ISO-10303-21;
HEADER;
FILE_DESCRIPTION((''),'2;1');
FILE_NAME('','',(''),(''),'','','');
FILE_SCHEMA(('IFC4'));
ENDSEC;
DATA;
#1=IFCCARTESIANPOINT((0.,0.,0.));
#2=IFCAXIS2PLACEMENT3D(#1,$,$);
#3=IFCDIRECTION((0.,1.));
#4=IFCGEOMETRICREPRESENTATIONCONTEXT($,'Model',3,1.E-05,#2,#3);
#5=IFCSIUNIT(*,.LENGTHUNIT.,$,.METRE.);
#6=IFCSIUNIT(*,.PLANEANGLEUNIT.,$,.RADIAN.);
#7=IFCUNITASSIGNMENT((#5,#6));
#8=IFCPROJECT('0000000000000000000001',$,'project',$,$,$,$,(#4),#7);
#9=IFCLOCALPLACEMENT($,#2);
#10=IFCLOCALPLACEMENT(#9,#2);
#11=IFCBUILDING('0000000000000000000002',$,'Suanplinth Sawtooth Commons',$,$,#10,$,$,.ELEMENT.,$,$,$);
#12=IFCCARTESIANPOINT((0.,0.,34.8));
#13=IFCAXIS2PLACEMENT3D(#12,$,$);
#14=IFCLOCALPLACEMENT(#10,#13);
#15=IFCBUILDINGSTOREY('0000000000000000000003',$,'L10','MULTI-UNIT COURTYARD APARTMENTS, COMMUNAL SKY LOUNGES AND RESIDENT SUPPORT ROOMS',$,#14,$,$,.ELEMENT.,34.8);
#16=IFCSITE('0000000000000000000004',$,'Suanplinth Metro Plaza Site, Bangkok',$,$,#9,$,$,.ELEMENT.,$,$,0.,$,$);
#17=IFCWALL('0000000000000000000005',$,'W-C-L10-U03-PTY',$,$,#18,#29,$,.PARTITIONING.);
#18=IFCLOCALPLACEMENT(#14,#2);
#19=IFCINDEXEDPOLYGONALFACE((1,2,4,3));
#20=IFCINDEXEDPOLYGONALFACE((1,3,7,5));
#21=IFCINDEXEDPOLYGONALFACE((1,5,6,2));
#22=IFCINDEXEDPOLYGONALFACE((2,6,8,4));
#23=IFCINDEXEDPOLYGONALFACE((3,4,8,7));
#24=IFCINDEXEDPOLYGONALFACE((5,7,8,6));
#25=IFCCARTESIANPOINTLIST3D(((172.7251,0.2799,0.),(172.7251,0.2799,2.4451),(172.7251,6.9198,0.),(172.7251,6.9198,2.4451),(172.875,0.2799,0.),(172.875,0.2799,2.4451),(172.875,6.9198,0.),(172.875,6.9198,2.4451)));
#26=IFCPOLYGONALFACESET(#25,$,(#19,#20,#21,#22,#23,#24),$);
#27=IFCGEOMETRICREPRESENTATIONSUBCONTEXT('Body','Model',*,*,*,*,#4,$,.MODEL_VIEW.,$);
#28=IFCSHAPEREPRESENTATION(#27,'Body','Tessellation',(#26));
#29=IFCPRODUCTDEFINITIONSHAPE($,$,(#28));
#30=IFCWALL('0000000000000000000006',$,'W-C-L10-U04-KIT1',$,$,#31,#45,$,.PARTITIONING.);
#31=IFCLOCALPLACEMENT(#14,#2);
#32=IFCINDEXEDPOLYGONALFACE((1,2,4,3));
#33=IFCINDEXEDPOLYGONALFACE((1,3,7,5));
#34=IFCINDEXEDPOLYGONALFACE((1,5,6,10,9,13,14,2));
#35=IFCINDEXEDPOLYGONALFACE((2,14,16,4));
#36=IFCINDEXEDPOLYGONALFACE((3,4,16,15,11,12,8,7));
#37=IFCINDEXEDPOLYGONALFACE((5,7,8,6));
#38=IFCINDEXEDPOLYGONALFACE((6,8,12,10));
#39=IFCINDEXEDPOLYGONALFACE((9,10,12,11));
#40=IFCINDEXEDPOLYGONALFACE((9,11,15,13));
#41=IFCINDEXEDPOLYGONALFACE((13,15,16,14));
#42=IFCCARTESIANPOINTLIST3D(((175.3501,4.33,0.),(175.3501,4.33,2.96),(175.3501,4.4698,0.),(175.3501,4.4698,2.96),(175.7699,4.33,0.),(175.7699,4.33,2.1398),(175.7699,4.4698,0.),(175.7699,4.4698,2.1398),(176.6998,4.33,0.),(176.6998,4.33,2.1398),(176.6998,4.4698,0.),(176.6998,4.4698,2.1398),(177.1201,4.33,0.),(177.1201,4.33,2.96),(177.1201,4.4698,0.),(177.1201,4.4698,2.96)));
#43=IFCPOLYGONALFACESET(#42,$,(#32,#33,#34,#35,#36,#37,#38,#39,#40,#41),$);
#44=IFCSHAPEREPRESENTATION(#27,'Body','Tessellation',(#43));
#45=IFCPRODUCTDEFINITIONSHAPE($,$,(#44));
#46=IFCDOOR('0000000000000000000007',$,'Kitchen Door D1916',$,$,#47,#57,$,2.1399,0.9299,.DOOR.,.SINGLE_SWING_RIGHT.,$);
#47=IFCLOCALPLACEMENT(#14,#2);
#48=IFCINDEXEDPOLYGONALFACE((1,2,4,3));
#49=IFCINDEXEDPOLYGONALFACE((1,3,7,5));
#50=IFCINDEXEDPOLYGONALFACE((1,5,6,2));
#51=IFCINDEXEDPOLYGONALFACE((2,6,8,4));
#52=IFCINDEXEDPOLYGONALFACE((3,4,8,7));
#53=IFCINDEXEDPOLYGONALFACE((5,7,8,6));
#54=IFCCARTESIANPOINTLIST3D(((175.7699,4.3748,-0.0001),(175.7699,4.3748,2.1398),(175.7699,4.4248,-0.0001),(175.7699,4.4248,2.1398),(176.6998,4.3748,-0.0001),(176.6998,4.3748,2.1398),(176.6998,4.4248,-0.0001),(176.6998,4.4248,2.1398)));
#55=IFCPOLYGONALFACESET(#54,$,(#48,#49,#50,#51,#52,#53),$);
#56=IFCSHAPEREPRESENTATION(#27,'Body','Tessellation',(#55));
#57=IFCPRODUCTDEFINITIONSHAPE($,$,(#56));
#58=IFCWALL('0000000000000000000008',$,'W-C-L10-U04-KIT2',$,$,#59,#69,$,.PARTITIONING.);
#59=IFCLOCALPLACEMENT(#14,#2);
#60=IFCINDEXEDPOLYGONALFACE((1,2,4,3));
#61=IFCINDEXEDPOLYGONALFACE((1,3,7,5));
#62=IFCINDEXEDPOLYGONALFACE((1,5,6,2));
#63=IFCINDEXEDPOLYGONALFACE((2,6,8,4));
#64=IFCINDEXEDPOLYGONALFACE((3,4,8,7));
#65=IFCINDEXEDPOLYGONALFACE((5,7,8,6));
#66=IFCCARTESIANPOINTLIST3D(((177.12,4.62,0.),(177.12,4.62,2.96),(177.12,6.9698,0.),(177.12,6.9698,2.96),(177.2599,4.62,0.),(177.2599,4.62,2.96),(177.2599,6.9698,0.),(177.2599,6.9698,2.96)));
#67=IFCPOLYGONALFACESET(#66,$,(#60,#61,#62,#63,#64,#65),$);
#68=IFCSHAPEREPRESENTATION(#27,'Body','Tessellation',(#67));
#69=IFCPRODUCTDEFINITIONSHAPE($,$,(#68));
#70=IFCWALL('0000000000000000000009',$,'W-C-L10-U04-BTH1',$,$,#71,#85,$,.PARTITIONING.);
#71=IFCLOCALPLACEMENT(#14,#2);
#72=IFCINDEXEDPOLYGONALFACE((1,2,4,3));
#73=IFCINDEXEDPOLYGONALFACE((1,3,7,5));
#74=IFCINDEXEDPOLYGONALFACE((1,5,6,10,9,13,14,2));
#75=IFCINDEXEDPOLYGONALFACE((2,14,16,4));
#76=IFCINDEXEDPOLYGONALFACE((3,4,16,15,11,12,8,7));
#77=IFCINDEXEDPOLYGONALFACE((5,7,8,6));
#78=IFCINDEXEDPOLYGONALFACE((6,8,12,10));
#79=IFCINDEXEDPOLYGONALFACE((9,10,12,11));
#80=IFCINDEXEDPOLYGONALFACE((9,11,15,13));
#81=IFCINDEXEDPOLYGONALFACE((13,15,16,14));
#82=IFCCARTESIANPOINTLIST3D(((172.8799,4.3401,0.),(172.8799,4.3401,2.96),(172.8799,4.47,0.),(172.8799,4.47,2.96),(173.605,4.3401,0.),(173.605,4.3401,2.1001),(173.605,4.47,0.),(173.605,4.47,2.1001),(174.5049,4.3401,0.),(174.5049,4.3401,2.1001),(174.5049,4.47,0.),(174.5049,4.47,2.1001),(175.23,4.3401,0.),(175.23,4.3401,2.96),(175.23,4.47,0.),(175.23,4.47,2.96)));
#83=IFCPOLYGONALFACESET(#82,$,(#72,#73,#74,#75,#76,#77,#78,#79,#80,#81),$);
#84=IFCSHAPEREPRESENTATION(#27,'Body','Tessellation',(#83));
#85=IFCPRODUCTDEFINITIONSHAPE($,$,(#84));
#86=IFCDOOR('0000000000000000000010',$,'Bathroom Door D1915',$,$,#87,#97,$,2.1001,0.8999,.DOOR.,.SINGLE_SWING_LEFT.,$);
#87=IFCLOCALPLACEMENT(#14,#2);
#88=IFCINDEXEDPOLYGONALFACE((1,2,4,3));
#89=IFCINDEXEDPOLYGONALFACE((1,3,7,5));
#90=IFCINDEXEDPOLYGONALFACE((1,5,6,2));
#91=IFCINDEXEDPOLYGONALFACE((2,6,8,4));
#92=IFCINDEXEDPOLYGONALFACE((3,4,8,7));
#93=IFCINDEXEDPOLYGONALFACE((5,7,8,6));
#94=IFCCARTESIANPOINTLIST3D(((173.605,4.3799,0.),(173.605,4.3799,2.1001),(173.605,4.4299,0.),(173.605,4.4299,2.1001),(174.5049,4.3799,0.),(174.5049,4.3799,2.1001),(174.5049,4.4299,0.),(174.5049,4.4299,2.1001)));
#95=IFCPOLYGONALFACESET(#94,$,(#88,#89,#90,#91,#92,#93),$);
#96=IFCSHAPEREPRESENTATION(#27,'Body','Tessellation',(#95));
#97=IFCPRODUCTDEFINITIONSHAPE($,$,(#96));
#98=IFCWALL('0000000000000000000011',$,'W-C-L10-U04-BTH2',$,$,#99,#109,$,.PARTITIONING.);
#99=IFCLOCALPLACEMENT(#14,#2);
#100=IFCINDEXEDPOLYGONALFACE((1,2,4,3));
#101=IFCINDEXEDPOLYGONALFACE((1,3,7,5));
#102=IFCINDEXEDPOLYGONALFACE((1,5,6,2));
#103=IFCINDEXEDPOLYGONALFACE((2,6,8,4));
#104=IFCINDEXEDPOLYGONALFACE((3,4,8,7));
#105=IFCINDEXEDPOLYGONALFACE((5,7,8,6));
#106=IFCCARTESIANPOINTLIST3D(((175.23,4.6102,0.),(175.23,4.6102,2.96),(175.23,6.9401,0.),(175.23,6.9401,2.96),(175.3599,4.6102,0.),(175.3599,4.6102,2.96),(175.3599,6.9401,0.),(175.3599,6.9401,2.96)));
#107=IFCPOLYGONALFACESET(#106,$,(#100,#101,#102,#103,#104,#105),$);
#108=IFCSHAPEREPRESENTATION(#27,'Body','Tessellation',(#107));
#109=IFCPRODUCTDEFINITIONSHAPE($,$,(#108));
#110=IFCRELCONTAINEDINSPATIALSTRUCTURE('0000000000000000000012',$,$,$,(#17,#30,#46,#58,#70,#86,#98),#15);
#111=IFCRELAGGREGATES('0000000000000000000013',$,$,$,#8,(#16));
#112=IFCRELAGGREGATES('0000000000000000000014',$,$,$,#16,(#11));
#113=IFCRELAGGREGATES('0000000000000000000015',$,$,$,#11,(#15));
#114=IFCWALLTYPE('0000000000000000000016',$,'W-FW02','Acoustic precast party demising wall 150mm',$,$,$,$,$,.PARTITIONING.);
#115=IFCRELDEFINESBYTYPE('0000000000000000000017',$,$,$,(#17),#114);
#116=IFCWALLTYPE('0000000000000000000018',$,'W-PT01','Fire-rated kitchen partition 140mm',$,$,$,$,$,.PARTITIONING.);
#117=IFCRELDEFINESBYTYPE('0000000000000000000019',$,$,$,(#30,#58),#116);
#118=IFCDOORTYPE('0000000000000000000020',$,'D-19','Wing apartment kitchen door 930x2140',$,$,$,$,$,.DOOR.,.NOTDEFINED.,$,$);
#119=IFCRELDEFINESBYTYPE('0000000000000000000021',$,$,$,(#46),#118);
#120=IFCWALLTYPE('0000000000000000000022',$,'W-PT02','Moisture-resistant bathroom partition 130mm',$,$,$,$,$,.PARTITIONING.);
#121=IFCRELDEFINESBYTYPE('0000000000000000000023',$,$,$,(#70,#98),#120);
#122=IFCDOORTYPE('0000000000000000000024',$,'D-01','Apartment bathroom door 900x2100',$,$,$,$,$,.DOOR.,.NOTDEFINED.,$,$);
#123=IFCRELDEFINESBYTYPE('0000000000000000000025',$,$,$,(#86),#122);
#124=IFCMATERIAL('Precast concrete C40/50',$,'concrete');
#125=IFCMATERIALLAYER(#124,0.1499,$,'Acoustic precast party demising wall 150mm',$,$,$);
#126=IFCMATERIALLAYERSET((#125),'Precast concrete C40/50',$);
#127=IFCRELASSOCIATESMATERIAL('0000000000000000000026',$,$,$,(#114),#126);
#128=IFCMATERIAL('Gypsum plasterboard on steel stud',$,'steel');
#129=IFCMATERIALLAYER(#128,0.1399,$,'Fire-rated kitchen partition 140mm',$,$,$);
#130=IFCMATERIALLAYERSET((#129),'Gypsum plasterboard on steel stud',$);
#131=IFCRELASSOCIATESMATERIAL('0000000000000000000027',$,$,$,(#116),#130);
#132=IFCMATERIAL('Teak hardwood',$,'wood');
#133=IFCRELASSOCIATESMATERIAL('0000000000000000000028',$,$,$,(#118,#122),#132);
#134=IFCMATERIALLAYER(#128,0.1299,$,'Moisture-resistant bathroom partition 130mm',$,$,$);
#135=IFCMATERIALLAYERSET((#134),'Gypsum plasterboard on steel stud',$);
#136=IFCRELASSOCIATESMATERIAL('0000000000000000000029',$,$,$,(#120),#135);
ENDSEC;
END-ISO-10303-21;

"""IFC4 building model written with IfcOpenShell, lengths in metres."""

from ifc_helpers import new_model, si_unit, direction, frame, frame_2d, origin, place, context, subcontext, project, spatial, rectangle, extrude, material, layer, layer_set, type_object, element, fill, save


model = new_model("IFC4")

# Units and contexts
model_context = context("Model", 3, precision=1e-05, world=origin(), true_north=direction((0.0, 1.0)))
body_context = subcontext(model_context, "Body", "Model", "MODEL_VIEW")
ifc_project = project(units=[si_unit("LENGTHUNIT", "METRE"), si_unit("PLANEANGLEUNIT", "RADIAN")], contexts=[model_context])

# Site, building, storey
site_placement = place(None, origin())
site = spatial("IfcSite", under=ifc_project, at=site_placement, Name="Suanplinth Metro Plaza Site, Bangkok", CompositionType="ELEMENT", RefElevation=0.0)
building_placement = place(site_placement, origin())
building = spatial("IfcBuilding", under=site, at=building_placement, Name="Suanplinth Sawtooth Commons", CompositionType="ELEMENT")
storey_placement = place(building_placement, frame((0.0, 0.0, 34.8)))
storey = spatial("IfcBuildingStorey", under=building, at=storey_placement, Name="L10", Description="MULTI-UNIT COURTYARD APARTMENTS, COMMUNAL SKY LOUNGES AND RESIDENT SUPPORT ROOMS", CompositionType="ELEMENT", Elevation=34.8)

# Shared definitions
ifc_material_1 = material(Name="Precast concrete C40/50", Category="concrete")

# Wall
ifc_layer_1 = layer(ifc_material_1, 0.1499, Name="Acoustic precast party demising wall 150mm")
ifc_layer_set_1 = layer_set([ifc_layer_1], Name="Precast concrete C40/50")
wall_type_1 = type_object("IfcWallType", Name="W-FW02", Description="Acoustic precast party demising wall 150mm", PredefinedType="PARTITIONING", material=ifc_layer_set_1)
wall_1_placement = place(storey_placement, frame((172.8, 0.28, 0.0), z_axis=(0.0, 0.0, 1.0), x_axis=(0.0, 1.0, 0.0)))
element("IfcWall", 1, at=wall_1_placement, inside=storey, type_object=wall_type_1, Name="W-C-L10-U03-PTY", PredefinedType="PARTITIONING", context=body_context, shape_type="SweptSolid", body=[
    extrude(rectangle(XDim=6.6399, YDim=0.1499, at=frame_2d((3.3198, 0.0))), origin(), (0.0, 0.0, 1.0), 2.4451),
])

# Wall, opening, door
ifc_material_2 = material(Name="Gypsum plasterboard on steel stud", Category="steel")
ifc_layer_2 = layer(ifc_material_2, 0.1399, Name="Fire-rated kitchen partition 140mm")
ifc_layer_set_2 = layer_set([ifc_layer_2], Name="Gypsum plasterboard on steel stud")
wall_type_2 = type_object("IfcWallType", Name="W-PT01", Description="Fire-rated kitchen partition 140mm", PredefinedType="PARTITIONING", material=ifc_layer_set_2)
wall_2_placement = place(storey_placement, frame((175.3501, 4.3999, 0.0), z_axis=(0.0, 0.0, 1.0), x_axis=(1.0, 0.0, 0.0)))
wall_2 = element("IfcWall", 2, at=wall_2_placement, inside=storey, type_object=wall_type_2, Name="W-C-L10-U04-KIT1", PredefinedType="PARTITIONING", context=body_context, shape_type="SweptSolid", body=[
    extrude(rectangle(XDim=1.77, YDim=0.1399, at=frame_2d((0.885, 0.0))), origin(), (0.0, 0.0, 1.0), 2.96),
])
opening_1_placement = place(wall_2_placement, frame((0.4199, 0.0, 0.0)))
opening_1 = element("IfcOpeningElement", 3, at=opening_1_placement, cuts=wall_2, PredefinedType="OPENING", context=body_context, shape_type="SweptSolid", body=[
    extrude(rectangle(XDim=0.9299, YDim=2.1399, at=frame_2d((0.4648, 1.0698))), frame((0.0, 0.085, 0.0), z_axis=(0.0, -1.0, 0.0), x_axis=(1.0, 0.0, 0.0)), (0.0, 0.0, 1.0), 0.1697),
])
ifc_material_3 = material(Name="Teak hardwood", Category="wood")
door_type_1 = type_object("IfcDoorType", Name="D-19", Description="Wing apartment kitchen door 930x2140", OperationType="NOTDEFINED", PredefinedType="DOOR", material=ifc_material_3)
door_1_placement = place(opening_1_placement, origin())
door_1 = element("IfcDoor", 4, at=door_1_placement, inside=storey, type_object=door_type_1, Name="Kitchen Door D1916", OperationType="SINGLE_SWING_RIGHT", OverallHeight=2.1399, OverallWidth=0.9299, PredefinedType="DOOR", context=body_context, shape_type="SweptSolid", body=[
    extrude(rectangle(XDim=0.9299, YDim=2.1399, at=frame_2d((0.4648, 1.0698))), frame((0.0, 0.0249, 0.0), z_axis=(0.0, -1.0, 0.0), x_axis=(1.0, 0.0, 0.0)), (0.0, 0.0, 1.0), 0.05),
])
fill(opening_1, door_1)

# Wall
wall_3_placement = place(storey_placement, frame((177.1899, 4.6201, 0.0), z_axis=(0.0, 0.0, 1.0), x_axis=(0.0, 1.0, 0.0)))
element("IfcWall", 5, at=wall_3_placement, inside=storey, type_object=wall_type_2, Name="W-C-L10-U04-KIT2", PredefinedType="PARTITIONING", context=body_context, shape_type="SweptSolid", body=[
    extrude(rectangle(XDim=2.3499, YDim=0.1399, at=frame_2d((1.1748, 0.0))), origin(), (0.0, 0.0, 1.0), 2.96),
])

# Wall, opening, door
ifc_layer_3 = layer(ifc_material_2, 0.1299, Name="Moisture-resistant bathroom partition 130mm")
ifc_layer_set_3 = layer_set([ifc_layer_3], Name="Gypsum plasterboard on steel stud")
wall_type_3 = type_object("IfcWallType", Name="W-PT02", Description="Moisture-resistant bathroom partition 130mm", PredefinedType="PARTITIONING", material=ifc_layer_set_3)
wall_4_placement = place(storey_placement, frame((172.8799, 4.405, 0.0), z_axis=(0.0, 0.0, 1.0), x_axis=(1.0, 0.0, 0.0)))
wall_4 = element("IfcWall", 6, at=wall_4_placement, inside=storey, type_object=wall_type_3, Name="W-C-L10-U04-BTH1", PredefinedType="PARTITIONING", context=body_context, shape_type="SweptSolid", body=[
    extrude(rectangle(XDim=2.3501, YDim=0.1299, at=frame_2d((1.175, 0.0))), origin(), (0.0, 0.0, 1.0), 2.96),
])
opening_2_placement = place(wall_4_placement, frame((0.7251, 0.0, 0.0)))
opening_2 = element("IfcOpeningElement", 7, at=opening_2_placement, cuts=wall_4, PredefinedType="OPENING", context=body_context, shape_type="SweptSolid", body=[
    extrude(rectangle(XDim=0.8999, YDim=2.1001, at=frame_2d((0.45, 1.05))), frame((0.0, 0.0798, 0.0), z_axis=(0.0, -1.0, 0.0), x_axis=(1.0, 0.0, 0.0)), (0.0, 0.0, 1.0), 0.1597),
])
door_type_2 = type_object("IfcDoorType", Name="D-01", Description="Apartment bathroom door 900x2100", OperationType="NOTDEFINED", PredefinedType="DOOR", material=ifc_material_3)
door_2_placement = place(opening_2_placement, origin())
door_2 = element("IfcDoor", 8, at=door_2_placement, inside=storey, type_object=door_type_2, Name="Bathroom Door D1915", OperationType="SINGLE_SWING_LEFT", OverallHeight=2.1001, OverallWidth=0.8999, PredefinedType="DOOR", context=body_context, shape_type="SweptSolid", body=[
    extrude(rectangle(XDim=0.8999, YDim=2.1001, at=frame_2d((0.45, 1.05))), frame((0.0, 0.0249, 0.0), z_axis=(0.0, -1.0, 0.0), x_axis=(1.0, 0.0, 0.0)), (0.0, 0.0, 1.0), 0.05),
])
fill(opening_2, door_2)

# Wall
wall_5_placement = place(storey_placement, frame((175.2949, 4.6101, 0.0), z_axis=(0.0, 0.0, 1.0), x_axis=(0.0, 1.0, 0.0)))
element("IfcWall", 9, at=wall_5_placement, inside=storey, type_object=wall_type_3, Name="W-C-L10-U04-BTH2", PredefinedType="PARTITIONING", context=body_context, shape_type="SweptSolid", body=[
    extrude(rectangle(XDim=2.3298, YDim=0.1299, at=frame_2d((1.165, 0.0))), origin(), (0.0, 0.0, 1.0), 2.96),
])

save(model, "model.ifc")
